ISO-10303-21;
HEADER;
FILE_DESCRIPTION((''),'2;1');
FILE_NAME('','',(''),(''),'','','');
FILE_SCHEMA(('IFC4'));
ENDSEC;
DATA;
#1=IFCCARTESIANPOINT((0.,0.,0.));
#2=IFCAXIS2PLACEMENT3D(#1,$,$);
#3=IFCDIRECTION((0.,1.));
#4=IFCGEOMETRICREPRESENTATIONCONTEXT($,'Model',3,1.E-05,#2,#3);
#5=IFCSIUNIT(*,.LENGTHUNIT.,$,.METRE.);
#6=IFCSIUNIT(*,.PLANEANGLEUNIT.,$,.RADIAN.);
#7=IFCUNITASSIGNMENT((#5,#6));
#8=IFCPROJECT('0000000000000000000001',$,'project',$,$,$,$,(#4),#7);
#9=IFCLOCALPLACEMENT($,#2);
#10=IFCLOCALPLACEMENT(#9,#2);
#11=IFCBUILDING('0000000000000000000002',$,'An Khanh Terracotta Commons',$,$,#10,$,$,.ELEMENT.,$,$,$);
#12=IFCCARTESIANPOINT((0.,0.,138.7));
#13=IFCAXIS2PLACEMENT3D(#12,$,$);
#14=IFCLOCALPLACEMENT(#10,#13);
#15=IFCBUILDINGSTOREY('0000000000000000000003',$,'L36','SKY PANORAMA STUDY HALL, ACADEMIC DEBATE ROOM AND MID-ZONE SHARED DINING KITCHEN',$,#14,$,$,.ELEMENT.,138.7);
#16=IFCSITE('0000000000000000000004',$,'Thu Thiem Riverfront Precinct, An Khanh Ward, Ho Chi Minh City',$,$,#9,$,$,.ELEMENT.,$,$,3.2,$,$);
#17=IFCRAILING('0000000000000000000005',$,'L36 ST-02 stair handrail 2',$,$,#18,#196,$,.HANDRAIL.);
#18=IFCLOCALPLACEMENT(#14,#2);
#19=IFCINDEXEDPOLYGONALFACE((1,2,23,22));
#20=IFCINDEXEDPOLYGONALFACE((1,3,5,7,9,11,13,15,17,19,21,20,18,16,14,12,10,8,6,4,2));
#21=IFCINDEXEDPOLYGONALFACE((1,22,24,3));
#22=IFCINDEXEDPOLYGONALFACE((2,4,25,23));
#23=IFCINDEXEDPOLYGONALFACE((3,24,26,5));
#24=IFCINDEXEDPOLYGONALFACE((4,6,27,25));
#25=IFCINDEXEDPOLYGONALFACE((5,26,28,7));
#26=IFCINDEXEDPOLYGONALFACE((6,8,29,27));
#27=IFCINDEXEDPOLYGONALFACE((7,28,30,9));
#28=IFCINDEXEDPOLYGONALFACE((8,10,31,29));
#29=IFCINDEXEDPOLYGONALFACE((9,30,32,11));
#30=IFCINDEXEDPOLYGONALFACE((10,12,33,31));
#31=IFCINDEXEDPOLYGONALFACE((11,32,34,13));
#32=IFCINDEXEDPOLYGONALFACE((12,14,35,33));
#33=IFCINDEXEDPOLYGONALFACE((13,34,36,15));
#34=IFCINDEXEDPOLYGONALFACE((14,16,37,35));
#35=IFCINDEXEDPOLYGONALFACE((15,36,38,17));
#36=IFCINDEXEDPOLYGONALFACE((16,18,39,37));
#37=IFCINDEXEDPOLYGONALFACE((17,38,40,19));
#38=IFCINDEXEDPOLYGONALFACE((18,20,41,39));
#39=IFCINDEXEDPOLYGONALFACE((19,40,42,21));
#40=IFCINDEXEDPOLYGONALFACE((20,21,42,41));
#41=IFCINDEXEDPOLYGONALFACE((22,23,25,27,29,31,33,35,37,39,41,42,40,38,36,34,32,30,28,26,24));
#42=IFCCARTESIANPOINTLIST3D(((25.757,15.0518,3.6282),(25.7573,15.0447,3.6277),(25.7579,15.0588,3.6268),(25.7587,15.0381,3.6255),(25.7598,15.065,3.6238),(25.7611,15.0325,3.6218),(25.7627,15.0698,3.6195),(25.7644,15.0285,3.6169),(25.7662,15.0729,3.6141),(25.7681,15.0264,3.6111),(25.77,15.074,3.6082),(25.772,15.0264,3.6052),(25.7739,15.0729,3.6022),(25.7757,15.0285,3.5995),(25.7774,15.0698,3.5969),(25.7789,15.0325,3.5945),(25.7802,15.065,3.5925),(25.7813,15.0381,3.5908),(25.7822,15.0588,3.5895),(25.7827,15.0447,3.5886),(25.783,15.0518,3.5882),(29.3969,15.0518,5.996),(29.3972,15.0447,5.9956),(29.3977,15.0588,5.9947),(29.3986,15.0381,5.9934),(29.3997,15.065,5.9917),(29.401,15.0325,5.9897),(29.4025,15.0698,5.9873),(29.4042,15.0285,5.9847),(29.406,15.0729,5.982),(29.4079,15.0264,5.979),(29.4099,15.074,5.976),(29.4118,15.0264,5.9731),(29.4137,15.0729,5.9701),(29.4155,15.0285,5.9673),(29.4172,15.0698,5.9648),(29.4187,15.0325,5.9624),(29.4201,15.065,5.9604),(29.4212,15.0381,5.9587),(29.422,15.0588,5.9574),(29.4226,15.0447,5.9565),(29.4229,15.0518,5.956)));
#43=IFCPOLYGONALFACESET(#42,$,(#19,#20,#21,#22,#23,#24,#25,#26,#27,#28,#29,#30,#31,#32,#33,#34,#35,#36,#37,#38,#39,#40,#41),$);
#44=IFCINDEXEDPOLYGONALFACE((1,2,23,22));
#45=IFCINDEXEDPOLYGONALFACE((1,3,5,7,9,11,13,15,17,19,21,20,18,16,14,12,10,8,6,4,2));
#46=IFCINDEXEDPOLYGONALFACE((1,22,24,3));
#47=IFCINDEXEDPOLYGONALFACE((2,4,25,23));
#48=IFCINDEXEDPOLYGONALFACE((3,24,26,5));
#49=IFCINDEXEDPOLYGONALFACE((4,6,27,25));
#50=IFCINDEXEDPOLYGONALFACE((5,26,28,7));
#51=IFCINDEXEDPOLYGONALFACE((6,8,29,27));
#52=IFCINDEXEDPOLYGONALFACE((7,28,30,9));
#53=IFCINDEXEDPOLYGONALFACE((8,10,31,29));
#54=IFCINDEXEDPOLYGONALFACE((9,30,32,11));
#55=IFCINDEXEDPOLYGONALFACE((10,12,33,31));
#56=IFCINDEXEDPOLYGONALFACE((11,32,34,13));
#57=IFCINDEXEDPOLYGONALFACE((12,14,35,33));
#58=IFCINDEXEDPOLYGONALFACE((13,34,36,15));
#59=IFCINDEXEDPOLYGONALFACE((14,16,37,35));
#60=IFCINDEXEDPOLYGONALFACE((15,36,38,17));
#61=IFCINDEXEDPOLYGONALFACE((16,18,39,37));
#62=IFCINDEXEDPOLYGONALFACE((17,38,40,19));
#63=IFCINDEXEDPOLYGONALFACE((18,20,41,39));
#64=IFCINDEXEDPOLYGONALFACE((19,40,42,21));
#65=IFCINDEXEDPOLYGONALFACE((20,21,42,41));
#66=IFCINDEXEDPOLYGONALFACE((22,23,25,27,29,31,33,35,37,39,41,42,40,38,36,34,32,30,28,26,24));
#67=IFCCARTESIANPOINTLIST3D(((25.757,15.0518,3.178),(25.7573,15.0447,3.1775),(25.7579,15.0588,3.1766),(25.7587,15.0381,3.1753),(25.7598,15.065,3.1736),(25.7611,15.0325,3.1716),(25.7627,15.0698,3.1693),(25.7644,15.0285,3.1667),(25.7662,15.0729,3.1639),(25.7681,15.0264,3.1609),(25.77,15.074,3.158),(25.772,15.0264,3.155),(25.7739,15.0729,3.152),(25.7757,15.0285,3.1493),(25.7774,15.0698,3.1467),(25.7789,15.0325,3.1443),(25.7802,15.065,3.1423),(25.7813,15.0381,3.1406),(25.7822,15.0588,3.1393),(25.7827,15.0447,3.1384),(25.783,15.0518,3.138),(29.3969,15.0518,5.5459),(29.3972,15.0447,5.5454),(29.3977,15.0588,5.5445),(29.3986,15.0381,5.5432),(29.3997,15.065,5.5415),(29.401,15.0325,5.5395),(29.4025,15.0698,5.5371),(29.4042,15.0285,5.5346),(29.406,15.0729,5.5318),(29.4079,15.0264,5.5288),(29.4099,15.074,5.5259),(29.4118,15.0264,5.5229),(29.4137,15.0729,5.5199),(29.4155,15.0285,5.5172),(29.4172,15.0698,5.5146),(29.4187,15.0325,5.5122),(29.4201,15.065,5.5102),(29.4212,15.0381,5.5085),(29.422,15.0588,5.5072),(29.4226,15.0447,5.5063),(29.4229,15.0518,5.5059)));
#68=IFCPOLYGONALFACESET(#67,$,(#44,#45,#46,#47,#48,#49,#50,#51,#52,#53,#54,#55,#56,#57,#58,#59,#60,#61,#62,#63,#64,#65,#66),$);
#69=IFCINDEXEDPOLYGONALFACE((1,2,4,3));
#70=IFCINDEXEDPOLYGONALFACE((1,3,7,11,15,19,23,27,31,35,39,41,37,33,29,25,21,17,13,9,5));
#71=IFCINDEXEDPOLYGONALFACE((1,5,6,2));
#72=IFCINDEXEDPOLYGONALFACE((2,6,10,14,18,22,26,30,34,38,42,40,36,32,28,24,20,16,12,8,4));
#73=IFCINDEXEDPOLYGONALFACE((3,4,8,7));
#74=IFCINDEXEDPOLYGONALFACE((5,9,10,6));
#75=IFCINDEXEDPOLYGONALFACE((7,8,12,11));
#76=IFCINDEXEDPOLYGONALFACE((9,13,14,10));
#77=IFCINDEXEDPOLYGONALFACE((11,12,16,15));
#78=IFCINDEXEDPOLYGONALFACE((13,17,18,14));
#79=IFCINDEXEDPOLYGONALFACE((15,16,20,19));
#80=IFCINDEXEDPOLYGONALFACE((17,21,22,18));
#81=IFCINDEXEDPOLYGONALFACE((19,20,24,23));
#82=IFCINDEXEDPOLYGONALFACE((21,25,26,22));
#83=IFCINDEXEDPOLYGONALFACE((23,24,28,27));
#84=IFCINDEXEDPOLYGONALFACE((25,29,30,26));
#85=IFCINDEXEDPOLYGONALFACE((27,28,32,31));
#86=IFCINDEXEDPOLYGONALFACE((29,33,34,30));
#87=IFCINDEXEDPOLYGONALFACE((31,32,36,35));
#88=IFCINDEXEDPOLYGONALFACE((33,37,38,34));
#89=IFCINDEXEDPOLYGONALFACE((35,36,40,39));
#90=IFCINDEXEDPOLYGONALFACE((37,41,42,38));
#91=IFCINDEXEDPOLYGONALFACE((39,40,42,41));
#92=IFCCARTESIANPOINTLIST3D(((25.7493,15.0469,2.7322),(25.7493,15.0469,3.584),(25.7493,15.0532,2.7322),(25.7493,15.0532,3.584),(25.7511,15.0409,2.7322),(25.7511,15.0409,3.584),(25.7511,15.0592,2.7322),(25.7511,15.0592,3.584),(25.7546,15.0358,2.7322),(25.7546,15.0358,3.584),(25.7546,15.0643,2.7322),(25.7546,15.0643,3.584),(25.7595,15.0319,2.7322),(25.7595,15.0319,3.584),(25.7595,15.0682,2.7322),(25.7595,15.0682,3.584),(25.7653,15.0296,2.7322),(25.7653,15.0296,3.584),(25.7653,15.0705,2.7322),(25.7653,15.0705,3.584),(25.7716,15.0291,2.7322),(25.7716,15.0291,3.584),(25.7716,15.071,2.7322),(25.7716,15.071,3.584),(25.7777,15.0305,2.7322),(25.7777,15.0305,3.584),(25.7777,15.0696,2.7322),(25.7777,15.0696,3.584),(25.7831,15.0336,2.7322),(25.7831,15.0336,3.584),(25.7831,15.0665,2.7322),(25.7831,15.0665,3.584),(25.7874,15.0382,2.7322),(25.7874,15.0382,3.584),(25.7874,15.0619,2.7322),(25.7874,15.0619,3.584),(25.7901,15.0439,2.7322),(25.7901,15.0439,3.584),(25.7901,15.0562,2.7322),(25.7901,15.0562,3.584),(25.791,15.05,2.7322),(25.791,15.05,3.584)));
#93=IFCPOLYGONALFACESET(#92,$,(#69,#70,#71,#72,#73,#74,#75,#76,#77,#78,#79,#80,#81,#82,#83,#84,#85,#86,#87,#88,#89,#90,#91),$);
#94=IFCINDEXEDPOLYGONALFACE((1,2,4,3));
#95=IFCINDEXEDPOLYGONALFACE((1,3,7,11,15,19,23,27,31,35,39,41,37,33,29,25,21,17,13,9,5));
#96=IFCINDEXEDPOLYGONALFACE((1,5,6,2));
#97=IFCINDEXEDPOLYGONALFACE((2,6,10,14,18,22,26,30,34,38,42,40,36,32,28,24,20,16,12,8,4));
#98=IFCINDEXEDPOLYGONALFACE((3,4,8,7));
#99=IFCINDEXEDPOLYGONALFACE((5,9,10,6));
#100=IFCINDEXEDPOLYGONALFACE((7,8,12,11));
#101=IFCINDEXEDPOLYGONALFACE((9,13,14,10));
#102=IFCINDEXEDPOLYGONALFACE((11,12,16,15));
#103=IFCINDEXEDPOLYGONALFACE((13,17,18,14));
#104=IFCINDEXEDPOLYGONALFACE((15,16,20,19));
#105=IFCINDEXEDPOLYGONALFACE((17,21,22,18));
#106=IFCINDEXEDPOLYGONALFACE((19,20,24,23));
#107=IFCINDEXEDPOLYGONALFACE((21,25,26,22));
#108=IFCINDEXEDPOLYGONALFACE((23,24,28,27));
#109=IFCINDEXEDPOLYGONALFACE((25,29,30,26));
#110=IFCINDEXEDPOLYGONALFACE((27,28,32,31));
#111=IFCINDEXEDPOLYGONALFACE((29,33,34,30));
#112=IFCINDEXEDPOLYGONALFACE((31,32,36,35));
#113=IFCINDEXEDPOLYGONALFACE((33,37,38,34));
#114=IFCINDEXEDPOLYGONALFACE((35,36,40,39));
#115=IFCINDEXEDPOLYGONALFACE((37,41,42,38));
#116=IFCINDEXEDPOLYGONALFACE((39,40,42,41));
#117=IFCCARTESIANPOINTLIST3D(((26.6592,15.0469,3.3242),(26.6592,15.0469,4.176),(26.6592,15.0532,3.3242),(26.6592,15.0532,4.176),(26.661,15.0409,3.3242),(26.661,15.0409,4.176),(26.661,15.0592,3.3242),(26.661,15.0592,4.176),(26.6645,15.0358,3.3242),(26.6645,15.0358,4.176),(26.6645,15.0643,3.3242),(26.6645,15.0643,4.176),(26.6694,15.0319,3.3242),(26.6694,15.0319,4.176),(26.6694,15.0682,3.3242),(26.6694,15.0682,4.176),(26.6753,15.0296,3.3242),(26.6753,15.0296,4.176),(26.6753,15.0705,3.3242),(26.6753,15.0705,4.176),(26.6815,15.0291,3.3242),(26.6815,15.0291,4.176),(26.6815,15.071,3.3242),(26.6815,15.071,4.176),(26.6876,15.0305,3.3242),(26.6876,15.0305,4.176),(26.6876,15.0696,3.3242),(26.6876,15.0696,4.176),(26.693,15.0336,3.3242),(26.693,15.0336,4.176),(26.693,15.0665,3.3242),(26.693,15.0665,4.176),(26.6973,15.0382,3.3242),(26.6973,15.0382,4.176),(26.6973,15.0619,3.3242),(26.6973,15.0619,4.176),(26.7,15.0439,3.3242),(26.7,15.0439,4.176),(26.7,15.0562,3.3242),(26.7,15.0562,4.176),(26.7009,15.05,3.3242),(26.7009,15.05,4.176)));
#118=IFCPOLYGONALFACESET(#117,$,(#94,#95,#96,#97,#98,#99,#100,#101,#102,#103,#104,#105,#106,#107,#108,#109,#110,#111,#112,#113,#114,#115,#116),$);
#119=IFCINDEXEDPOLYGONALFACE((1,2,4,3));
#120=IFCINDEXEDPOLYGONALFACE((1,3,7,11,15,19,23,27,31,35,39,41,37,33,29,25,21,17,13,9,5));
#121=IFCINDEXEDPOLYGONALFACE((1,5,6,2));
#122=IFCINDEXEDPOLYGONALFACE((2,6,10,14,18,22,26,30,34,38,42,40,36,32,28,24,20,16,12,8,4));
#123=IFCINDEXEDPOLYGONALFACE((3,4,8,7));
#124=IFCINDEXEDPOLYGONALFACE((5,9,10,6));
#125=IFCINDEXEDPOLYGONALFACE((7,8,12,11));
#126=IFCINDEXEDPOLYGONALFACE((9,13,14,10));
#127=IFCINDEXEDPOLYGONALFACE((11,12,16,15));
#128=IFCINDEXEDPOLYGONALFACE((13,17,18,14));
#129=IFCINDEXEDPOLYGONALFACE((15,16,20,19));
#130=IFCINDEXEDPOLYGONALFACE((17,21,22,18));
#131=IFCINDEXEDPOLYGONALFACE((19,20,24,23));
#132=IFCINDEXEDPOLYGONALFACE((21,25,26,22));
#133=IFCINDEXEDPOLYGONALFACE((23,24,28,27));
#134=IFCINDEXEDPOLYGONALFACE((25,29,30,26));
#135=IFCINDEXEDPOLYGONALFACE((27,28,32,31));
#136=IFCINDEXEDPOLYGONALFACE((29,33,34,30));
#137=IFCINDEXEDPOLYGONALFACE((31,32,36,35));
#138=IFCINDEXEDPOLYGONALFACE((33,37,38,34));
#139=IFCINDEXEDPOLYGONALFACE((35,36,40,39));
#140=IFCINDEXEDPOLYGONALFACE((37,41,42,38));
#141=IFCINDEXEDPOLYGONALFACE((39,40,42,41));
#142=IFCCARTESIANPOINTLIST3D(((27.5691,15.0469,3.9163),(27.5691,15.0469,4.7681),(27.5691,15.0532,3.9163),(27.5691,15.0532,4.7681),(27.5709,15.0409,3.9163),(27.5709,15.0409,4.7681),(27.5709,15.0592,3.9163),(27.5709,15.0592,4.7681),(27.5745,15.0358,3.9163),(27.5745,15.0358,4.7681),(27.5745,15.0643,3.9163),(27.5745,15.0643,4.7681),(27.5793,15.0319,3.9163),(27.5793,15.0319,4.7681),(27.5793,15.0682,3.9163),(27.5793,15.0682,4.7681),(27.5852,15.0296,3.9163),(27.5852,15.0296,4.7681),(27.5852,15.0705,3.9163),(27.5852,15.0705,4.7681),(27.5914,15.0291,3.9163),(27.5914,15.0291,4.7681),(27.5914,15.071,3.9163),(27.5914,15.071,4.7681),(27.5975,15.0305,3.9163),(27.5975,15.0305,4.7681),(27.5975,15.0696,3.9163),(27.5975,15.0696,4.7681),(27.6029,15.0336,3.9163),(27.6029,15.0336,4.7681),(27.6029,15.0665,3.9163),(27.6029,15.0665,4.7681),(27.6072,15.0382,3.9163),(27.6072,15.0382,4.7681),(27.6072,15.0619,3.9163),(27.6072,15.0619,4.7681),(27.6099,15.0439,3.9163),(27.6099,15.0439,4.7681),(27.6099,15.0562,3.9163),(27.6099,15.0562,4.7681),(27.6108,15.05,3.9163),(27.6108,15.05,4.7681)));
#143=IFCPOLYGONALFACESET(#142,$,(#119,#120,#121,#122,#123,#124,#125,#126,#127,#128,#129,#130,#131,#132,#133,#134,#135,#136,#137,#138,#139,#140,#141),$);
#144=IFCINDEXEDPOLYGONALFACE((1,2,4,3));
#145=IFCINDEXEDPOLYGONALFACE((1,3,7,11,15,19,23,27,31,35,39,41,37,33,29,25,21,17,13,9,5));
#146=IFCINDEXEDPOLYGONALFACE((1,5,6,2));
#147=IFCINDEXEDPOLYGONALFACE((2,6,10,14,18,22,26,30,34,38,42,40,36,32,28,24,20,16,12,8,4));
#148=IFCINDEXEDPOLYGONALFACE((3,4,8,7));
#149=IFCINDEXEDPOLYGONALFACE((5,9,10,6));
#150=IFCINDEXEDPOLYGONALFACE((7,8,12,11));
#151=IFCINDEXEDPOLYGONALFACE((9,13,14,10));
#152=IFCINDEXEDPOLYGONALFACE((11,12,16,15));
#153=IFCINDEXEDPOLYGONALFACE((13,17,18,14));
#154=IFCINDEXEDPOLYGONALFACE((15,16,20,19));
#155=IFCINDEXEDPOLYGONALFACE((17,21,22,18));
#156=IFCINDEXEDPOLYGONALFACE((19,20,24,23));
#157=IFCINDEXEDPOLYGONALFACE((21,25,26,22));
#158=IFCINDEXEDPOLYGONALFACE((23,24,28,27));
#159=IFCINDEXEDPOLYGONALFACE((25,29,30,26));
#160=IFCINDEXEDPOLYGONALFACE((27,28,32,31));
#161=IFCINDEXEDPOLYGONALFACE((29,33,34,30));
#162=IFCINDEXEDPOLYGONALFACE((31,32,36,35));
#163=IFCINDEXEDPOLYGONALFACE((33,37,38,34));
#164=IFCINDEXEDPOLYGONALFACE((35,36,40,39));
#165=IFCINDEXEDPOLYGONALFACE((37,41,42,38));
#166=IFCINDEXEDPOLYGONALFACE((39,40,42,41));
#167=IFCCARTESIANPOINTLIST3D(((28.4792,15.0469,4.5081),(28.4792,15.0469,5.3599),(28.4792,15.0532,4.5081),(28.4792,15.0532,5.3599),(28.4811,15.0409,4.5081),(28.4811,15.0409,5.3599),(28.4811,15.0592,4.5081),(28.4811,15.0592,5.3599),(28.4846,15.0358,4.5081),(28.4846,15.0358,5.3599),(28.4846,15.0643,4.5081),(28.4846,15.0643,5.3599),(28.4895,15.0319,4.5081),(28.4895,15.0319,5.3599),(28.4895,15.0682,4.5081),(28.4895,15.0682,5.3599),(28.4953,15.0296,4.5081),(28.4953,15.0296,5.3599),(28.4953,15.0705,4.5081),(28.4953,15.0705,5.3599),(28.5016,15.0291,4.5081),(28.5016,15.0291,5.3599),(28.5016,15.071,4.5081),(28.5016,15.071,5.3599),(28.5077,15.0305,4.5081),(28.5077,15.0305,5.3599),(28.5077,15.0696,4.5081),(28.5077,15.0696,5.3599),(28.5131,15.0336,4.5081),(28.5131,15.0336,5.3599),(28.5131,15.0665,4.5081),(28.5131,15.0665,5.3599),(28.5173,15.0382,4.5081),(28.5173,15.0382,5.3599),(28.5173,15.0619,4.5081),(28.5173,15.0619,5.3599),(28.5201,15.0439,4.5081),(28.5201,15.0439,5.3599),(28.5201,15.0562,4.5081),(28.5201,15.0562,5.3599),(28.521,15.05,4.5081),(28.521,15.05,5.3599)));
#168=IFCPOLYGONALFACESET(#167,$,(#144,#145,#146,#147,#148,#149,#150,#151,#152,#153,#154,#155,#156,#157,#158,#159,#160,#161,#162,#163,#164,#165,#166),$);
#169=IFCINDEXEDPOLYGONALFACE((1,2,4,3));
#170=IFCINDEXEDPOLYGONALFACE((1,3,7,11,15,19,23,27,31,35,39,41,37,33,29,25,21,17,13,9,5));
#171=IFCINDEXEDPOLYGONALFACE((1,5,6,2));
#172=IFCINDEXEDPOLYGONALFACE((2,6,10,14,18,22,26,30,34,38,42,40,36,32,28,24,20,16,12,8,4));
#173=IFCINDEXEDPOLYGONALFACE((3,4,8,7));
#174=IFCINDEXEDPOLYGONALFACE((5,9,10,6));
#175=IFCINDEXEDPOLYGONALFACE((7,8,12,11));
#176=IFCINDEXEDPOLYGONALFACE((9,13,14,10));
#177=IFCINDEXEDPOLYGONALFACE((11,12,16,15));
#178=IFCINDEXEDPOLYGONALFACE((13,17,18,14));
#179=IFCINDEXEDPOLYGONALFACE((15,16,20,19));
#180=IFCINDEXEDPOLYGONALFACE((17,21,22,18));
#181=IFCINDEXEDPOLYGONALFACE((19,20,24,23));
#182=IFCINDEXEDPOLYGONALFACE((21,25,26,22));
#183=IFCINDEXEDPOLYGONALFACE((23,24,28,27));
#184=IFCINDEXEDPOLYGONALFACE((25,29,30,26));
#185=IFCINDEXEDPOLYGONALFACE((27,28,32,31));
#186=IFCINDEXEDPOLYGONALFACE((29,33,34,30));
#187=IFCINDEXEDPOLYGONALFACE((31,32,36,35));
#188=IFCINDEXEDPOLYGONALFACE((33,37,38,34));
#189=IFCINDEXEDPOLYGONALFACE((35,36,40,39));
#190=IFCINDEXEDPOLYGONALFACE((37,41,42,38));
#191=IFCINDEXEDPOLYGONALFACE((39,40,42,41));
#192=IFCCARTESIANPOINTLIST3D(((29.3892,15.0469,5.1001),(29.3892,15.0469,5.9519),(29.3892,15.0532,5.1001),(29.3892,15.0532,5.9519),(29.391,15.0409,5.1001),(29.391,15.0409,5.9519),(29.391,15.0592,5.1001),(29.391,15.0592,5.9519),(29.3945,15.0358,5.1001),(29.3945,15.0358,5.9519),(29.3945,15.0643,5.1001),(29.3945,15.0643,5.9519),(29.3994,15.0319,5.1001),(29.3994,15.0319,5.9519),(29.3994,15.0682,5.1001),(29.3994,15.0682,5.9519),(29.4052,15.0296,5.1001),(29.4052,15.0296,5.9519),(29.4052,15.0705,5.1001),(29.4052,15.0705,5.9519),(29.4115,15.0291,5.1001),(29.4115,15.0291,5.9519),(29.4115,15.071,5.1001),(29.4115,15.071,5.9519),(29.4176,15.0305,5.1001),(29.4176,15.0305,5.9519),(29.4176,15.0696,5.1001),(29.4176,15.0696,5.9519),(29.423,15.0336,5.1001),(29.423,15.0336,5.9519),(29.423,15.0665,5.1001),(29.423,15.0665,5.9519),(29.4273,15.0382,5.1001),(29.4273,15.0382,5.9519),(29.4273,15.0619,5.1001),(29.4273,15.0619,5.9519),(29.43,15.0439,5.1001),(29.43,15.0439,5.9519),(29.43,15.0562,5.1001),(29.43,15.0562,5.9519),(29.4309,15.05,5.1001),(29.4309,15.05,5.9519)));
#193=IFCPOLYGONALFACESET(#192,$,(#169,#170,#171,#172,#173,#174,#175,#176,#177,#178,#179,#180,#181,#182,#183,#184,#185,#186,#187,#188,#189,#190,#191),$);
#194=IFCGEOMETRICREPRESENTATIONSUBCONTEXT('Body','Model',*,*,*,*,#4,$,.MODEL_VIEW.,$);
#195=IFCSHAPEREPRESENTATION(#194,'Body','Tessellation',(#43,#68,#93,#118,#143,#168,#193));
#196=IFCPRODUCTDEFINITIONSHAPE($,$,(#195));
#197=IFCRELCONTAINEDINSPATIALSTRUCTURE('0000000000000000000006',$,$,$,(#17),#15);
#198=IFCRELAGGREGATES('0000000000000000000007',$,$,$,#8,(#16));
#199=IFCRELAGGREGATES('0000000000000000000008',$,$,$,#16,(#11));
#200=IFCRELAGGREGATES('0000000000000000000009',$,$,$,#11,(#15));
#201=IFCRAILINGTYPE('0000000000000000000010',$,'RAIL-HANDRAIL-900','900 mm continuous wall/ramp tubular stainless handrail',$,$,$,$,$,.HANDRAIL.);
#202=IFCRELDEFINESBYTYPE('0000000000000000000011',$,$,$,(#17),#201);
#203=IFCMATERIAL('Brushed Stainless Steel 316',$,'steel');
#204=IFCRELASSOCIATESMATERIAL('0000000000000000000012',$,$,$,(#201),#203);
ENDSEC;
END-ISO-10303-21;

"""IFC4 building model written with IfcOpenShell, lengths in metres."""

from ifc_helpers import new_model, si_unit, direction, frame, origin, origin_2d, place, context, subcontext, project, spatial, circle, extrude, material, type_object, element, save


model = new_model("IFC4")

# Units and contexts
model_context = context("Model", 3, precision=1e-05, world=origin(), true_north=direction((0.0, 1.0)))
body_context = subcontext(model_context, "Body", "Model", "MODEL_VIEW")
ifc_project = project(units=[si_unit("LENGTHUNIT", "METRE"), si_unit("PLANEANGLEUNIT", "RADIAN")], contexts=[model_context])

# Site, building, storey
site_placement = place(None, origin())
site = spatial("IfcSite", under=ifc_project, at=site_placement, Name="Thu Thiem Riverfront Precinct, An Khanh Ward, Ho Chi Minh City", CompositionType="ELEMENT", RefElevation=3.2)
building_placement = place(site_placement, origin())
building = spatial("IfcBuilding", under=site, at=building_placement, Name="An Khanh Terracotta Commons", CompositionType="ELEMENT")
storey_placement = place(building_placement, frame((0.0, 0.0, 138.7)))
storey = spatial("IfcBuildingStorey", under=building, at=storey_placement, Name="L36", Description="SKY PANORAMA STUDY HALL, ACADEMIC DEBATE ROOM AND MID-ZONE SHARED DINING KITCHEN", CompositionType="ELEMENT", Elevation=138.7)

# Railing
ifc_material_1 = material(Name="Brushed Stainless Steel 316", Category="steel")
railing_type_1 = type_object("IfcRailingType", Name="RAIL-HANDRAIL-900", Description="900 mm continuous wall/ramp tubular stainless handrail", PredefinedType="HANDRAIL", material=ifc_material_1)
railing_1_placement = place(storey_placement, frame((25.77, 15.05, 2.7322)))
element("IfcRailing", 1, at=railing_1_placement, inside=storey, type_object=railing_type_1, Name="L36 ST-02 stair handrail 2", PredefinedType="HANDRAIL", context=body_context, shape_type="SweptSolid", body=[
    extrude(circle(Radius=0.0239, at=origin_2d()), frame((0.0, 0.0, 0.876), z_axis=(0.838234, 0.0, 0.54531), x_axis=(0.0, 1.0, 0.0)), (0.0, 0.0, 1.0), 4.3423),
    extrude(circle(Radius=0.0239, at=origin_2d()), frame((0.0, 0.0, 0.4258), z_axis=(0.838234, 0.0, 0.54531), x_axis=(0.0, 1.0, 0.0)), (0.0, 0.0, 1.0), 4.3423),
    extrude(circle(Radius=0.021, at=origin_2d()), origin(), (0.0, 0.0, 1.0), 0.8518),
    extrude(circle(Radius=0.021, at=origin_2d()), frame((0.9099, 0.0, 0.592)), (0.0, 0.0, 1.0), 0.8518),
    extrude(circle(Radius=0.021, at=origin_2d()), frame((1.8198, 0.0, 1.1841)), (0.0, 0.0, 1.0), 0.8518),
    extrude(circle(Radius=0.021, at=origin_2d()), frame((2.73, 0.0, 1.7759)), (0.0, 0.0, 1.0), 0.8518),
    extrude(circle(Radius=0.021, at=origin_2d()), frame((3.6399, 0.0, 2.3679)), (0.0, 0.0, 1.0), 0.8518),
])

save(model, "model.ifc")
